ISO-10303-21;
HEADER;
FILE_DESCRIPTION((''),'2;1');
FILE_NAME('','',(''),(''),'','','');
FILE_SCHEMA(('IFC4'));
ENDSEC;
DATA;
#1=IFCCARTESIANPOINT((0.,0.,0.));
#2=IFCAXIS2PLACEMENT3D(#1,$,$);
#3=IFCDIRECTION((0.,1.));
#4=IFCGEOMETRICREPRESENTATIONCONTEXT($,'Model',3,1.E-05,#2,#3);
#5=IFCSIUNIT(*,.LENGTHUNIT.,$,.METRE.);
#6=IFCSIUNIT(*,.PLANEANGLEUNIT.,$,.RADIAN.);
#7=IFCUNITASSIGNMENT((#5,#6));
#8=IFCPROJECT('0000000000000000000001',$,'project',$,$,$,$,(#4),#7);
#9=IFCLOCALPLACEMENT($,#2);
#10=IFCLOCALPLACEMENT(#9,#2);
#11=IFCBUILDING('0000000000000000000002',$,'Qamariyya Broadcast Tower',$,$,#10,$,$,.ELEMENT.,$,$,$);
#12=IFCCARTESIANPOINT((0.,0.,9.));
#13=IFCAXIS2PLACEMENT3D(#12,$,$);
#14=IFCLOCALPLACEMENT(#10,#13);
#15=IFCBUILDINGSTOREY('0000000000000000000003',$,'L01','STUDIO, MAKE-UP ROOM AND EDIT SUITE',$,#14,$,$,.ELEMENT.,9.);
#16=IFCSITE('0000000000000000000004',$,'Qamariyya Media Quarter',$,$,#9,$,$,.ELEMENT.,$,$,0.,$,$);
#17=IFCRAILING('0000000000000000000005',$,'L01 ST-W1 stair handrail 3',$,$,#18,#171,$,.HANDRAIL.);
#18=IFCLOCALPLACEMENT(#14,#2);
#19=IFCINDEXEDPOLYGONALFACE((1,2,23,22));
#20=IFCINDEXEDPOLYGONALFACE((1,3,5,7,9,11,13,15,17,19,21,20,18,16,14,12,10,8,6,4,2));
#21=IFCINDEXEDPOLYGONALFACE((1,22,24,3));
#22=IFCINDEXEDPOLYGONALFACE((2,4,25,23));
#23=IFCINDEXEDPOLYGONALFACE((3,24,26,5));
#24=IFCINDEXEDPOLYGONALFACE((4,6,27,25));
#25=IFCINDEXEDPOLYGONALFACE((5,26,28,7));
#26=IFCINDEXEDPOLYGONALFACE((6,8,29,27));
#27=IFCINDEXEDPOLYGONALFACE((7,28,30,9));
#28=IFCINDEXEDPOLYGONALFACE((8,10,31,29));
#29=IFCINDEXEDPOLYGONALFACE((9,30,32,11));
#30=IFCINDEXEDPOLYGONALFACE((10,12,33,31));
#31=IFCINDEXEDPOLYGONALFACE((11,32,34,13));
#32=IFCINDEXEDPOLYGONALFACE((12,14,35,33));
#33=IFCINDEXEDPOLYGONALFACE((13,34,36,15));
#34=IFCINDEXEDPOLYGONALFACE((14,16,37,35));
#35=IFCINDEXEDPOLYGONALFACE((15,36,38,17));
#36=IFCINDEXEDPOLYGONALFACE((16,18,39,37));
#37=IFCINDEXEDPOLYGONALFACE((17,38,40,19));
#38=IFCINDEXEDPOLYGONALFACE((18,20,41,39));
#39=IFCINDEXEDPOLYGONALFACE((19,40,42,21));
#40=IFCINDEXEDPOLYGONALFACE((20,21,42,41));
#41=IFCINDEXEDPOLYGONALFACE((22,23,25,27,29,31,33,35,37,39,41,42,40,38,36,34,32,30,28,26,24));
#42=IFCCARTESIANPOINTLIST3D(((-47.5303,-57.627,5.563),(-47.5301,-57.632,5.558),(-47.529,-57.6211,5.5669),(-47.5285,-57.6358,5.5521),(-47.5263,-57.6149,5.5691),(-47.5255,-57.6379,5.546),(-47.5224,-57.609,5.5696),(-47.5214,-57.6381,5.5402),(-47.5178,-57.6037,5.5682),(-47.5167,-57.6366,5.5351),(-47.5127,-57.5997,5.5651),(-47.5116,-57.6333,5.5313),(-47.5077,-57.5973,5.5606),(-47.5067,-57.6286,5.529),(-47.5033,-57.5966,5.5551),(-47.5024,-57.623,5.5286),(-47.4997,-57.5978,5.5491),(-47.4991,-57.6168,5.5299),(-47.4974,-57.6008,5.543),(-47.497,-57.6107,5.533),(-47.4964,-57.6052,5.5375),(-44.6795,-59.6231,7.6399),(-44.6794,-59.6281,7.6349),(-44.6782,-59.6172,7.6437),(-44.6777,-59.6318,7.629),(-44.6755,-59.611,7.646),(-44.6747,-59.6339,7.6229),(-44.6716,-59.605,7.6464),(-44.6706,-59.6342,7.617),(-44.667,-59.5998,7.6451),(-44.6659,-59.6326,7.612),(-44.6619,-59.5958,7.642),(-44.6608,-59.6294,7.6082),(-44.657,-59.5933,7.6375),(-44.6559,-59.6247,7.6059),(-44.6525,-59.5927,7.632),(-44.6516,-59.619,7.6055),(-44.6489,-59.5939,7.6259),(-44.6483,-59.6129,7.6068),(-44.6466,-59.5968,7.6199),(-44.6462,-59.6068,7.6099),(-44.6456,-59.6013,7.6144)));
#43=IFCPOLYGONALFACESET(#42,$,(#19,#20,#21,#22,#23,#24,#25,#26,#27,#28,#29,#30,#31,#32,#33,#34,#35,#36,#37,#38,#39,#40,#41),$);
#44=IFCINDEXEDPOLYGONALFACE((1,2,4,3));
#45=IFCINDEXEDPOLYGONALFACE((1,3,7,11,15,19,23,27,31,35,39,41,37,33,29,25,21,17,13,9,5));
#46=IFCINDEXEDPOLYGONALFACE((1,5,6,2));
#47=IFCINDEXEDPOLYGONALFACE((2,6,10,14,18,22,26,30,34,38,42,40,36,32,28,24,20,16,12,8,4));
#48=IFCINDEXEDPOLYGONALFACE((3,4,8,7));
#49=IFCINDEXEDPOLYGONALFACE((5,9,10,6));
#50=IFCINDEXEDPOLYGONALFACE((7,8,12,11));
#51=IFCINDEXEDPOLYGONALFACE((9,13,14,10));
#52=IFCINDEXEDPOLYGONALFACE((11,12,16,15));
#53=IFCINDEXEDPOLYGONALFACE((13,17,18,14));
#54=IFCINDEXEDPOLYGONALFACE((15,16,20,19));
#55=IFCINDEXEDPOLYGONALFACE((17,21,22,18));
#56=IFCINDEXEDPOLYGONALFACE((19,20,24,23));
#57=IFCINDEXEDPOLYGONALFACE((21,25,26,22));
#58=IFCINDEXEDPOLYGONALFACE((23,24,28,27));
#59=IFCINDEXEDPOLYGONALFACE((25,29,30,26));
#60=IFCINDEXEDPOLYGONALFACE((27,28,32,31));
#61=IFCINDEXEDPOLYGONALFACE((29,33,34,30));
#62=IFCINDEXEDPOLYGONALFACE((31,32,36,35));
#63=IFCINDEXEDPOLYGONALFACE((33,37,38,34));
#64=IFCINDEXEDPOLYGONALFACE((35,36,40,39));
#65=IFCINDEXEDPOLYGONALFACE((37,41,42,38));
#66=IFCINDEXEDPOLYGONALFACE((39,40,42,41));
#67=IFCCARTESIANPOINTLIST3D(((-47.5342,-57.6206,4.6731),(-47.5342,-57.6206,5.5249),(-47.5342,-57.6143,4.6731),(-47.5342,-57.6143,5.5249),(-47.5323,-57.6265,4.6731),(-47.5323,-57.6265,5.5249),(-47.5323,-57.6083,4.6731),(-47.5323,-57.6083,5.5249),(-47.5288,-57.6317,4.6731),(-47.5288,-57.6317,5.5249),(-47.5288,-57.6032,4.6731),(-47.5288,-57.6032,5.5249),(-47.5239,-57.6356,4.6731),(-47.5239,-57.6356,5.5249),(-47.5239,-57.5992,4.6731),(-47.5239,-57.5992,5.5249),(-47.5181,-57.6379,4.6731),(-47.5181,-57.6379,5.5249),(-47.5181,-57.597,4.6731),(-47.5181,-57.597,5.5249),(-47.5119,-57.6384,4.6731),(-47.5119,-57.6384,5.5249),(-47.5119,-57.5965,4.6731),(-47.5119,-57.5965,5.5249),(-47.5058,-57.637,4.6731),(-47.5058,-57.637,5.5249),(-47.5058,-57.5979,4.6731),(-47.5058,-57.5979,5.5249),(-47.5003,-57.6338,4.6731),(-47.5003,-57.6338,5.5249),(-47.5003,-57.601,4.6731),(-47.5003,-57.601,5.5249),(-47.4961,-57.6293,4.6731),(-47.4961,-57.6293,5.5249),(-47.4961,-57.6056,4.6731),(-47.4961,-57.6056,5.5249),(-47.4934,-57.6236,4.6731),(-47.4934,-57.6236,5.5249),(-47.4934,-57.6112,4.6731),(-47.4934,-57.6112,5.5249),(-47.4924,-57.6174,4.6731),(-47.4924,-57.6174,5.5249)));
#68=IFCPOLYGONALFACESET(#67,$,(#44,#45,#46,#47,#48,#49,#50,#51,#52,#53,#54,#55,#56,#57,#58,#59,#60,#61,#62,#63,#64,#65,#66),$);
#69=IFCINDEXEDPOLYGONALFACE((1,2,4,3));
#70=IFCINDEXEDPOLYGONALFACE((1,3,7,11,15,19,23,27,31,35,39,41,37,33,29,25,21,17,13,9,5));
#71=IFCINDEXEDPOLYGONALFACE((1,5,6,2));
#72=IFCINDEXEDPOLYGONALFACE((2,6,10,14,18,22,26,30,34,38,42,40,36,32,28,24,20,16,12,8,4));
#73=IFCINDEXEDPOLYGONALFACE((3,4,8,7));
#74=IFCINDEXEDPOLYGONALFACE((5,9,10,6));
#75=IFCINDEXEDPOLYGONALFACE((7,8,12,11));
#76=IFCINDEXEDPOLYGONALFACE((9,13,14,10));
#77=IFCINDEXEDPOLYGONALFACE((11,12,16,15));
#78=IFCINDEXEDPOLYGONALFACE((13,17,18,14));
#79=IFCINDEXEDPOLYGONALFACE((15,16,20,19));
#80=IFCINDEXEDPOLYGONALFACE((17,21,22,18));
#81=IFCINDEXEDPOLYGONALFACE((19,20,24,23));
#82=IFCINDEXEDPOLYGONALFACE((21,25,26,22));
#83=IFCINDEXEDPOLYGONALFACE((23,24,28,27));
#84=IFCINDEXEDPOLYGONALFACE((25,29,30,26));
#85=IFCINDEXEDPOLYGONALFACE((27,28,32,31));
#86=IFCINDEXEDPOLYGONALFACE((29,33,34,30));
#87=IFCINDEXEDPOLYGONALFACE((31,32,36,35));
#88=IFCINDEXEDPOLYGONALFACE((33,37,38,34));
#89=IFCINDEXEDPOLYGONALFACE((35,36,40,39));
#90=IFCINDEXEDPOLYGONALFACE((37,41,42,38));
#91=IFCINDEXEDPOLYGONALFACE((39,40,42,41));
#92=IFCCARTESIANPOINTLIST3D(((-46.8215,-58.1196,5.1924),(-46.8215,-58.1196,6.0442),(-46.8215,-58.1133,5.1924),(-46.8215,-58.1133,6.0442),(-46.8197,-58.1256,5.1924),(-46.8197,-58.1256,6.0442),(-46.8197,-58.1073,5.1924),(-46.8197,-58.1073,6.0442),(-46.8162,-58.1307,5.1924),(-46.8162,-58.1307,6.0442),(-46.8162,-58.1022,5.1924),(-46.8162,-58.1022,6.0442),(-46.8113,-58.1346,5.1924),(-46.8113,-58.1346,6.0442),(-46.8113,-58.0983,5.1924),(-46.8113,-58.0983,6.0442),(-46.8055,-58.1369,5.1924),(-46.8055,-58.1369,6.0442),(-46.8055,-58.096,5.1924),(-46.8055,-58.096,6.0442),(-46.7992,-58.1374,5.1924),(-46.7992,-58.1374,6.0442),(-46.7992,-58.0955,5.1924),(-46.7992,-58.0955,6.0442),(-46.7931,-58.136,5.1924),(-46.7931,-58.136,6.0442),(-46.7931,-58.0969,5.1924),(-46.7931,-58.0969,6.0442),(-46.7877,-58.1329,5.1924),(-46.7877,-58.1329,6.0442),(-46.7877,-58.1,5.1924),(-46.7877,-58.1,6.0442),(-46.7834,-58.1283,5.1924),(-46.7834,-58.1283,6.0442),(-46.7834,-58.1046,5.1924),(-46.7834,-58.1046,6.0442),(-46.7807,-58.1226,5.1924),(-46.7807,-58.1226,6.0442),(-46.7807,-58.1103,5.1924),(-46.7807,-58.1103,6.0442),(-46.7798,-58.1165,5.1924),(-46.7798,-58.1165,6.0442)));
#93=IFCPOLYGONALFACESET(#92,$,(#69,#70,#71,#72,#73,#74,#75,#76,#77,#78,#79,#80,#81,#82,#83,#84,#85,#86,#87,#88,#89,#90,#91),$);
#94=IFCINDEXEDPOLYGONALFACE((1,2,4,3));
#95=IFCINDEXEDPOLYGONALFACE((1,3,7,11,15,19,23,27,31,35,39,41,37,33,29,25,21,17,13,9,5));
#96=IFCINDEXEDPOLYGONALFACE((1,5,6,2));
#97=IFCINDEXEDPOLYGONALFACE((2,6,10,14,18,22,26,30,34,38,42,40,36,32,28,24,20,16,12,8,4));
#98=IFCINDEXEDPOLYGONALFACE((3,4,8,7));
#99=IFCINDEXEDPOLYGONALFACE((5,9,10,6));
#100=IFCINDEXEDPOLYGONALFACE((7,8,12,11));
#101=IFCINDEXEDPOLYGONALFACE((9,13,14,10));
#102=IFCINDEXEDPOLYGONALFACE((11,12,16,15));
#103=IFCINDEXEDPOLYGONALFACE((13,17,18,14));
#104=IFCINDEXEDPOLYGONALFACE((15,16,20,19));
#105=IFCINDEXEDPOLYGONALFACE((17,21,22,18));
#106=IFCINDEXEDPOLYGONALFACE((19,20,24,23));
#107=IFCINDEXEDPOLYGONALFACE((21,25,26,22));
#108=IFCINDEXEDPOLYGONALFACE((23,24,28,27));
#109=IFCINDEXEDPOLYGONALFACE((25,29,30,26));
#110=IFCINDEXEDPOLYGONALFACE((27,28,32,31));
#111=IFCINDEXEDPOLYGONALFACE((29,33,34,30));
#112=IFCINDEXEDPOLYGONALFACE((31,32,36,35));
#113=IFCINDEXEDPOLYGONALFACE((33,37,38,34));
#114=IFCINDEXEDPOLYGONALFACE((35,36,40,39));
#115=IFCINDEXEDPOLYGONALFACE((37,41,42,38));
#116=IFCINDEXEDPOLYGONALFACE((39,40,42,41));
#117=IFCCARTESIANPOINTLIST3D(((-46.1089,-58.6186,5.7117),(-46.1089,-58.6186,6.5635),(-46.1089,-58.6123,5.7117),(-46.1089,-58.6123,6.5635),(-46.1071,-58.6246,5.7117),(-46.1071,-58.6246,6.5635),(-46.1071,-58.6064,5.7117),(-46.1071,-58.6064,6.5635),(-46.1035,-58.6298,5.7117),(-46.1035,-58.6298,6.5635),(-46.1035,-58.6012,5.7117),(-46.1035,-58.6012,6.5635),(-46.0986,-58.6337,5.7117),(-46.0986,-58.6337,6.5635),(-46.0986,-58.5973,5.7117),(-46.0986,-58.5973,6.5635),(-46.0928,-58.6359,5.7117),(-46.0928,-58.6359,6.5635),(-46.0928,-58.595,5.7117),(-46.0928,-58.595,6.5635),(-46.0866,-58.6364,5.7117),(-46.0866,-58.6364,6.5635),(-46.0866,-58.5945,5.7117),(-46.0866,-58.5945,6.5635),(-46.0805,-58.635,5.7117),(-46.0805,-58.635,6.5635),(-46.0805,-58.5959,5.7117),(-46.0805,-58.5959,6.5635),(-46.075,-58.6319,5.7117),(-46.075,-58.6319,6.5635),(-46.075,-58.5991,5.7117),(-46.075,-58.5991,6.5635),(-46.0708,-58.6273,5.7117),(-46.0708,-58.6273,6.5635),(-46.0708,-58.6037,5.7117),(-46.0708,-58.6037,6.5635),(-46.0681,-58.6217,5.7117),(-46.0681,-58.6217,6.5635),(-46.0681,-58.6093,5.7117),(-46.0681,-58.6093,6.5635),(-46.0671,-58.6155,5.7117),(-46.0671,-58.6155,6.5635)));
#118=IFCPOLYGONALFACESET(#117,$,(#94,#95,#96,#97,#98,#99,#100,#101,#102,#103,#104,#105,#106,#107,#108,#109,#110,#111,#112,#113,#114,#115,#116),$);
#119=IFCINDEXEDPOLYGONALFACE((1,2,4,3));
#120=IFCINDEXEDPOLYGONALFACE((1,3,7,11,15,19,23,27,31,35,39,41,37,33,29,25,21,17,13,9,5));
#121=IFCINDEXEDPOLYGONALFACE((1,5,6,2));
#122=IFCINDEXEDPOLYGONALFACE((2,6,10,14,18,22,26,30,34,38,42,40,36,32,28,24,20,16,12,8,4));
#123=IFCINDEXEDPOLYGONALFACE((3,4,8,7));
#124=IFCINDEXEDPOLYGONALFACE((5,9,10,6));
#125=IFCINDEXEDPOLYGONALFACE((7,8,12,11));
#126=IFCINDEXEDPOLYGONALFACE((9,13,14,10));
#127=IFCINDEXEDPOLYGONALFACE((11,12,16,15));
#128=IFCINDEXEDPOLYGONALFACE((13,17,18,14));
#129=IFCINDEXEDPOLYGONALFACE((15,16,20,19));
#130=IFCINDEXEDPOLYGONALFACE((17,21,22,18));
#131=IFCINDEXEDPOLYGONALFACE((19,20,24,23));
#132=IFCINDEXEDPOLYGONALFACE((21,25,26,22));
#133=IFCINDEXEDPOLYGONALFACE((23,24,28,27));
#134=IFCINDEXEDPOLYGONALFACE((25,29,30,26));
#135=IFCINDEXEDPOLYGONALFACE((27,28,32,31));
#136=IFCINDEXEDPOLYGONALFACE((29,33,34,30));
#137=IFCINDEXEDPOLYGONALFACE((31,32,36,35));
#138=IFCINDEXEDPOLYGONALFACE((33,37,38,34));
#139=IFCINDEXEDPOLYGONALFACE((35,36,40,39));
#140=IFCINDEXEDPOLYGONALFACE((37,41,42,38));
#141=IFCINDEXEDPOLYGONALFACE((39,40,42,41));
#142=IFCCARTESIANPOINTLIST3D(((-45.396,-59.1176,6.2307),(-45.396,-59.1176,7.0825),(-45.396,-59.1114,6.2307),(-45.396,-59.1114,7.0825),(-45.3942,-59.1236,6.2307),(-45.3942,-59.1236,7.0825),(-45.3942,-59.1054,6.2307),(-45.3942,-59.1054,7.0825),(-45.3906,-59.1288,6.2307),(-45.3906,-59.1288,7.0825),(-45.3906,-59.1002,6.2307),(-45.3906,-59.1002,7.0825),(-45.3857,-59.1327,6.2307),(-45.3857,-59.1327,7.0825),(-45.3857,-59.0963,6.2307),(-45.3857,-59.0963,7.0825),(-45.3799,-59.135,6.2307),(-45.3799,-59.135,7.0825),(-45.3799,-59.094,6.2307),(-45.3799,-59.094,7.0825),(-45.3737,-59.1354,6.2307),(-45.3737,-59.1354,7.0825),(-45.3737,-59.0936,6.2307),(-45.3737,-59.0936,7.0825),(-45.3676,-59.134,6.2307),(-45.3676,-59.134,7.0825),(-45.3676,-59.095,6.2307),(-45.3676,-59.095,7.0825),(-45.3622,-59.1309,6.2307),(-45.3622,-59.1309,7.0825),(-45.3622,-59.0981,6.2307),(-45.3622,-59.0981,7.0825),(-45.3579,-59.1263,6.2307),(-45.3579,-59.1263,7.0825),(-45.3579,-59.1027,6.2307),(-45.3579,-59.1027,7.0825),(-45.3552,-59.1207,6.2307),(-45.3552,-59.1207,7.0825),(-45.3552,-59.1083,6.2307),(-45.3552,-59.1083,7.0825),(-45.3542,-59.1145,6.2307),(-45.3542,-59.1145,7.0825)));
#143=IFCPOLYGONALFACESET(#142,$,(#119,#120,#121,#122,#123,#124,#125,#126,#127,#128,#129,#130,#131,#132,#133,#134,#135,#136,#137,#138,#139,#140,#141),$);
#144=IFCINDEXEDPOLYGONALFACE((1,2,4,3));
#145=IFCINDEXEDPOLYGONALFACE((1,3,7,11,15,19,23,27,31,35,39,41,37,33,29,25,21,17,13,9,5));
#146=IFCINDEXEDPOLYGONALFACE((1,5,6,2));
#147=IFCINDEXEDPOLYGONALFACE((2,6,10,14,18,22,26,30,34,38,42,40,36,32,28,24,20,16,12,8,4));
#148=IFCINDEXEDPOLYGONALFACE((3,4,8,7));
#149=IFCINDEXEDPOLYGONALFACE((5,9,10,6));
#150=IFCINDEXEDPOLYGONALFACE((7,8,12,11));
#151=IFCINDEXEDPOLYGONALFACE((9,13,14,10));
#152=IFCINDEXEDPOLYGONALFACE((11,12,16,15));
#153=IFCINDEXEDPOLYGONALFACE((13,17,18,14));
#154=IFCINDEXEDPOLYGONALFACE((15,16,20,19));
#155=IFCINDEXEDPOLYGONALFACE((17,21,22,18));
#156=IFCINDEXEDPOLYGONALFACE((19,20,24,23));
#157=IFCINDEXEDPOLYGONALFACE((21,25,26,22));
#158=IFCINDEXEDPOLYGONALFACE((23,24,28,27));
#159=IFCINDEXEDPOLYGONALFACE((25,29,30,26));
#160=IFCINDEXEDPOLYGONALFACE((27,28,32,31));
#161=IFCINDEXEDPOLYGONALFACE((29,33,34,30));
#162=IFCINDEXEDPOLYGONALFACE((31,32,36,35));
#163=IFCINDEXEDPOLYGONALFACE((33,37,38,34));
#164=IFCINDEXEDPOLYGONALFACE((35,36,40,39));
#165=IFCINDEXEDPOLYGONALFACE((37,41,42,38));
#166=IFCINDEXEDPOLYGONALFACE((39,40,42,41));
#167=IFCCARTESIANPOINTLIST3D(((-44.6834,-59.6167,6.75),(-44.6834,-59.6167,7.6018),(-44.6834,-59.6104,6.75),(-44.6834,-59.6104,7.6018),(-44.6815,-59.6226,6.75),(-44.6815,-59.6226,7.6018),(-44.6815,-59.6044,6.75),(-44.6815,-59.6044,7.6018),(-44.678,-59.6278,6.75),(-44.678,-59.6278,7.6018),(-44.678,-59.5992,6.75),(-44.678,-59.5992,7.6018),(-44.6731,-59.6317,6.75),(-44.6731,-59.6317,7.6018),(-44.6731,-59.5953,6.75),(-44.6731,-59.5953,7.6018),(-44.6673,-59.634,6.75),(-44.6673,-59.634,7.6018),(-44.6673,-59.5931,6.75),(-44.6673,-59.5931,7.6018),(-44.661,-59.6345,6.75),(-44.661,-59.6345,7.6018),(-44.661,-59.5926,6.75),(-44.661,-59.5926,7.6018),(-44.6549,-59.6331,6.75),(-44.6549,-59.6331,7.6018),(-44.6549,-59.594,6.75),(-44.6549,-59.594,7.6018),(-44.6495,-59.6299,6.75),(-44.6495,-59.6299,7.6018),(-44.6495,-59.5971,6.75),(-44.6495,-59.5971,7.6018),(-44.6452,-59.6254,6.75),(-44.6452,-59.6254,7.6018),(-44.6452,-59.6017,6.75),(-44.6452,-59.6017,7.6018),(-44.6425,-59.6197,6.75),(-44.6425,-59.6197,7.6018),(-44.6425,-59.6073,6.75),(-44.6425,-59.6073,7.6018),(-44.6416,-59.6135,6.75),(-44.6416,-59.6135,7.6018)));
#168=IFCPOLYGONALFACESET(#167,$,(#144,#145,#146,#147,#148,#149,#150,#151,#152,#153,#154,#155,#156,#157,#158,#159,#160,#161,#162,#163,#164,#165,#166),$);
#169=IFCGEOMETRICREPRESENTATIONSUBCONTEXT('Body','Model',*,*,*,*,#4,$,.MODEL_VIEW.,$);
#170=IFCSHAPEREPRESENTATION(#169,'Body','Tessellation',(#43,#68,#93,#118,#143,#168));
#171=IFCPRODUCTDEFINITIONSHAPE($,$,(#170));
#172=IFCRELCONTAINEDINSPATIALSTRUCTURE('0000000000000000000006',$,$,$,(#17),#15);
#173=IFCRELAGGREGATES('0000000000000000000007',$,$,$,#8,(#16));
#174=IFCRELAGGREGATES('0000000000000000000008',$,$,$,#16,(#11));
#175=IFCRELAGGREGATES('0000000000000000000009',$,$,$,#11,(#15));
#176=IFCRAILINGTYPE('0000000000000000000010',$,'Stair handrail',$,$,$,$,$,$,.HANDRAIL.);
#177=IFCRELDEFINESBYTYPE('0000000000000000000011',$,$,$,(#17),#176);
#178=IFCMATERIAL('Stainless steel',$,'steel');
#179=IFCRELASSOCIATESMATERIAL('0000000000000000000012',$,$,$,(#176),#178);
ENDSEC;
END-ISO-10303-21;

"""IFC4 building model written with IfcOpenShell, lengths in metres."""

from ifc_helpers import new_model, si_unit, direction, frame, origin, origin_2d, place, context, subcontext, project, spatial, circle, extrude, material, type_object, element, save


model = new_model("IFC4")

# Units and contexts
model_context = context("Model", 3, precision=1e-05, world=origin(), true_north=direction((0.0, 1.0)))
body_context = subcontext(model_context, "Body", "Model", "MODEL_VIEW")
ifc_project = project(units=[si_unit("LENGTHUNIT", "METRE"), si_unit("PLANEANGLEUNIT", "RADIAN")], contexts=[model_context])

# Site, building, storey
site_placement = place(None, origin())
site = spatial("IfcSite", under=ifc_project, at=site_placement, Name="Qamariyya Media Quarter", CompositionType="ELEMENT", RefElevation=0.0)
building_placement = place(site_placement, origin())
building = spatial("IfcBuilding", under=site, at=building_placement, Name="Qamariyya Broadcast Tower", CompositionType="ELEMENT")
storey_placement = place(building_placement, frame((0.0, 0.0, 9.0)))
storey = spatial("IfcBuildingStorey", under=building, at=storey_placement, Name="L01", Description="STUDIO, MAKE-UP ROOM AND EDIT SUITE", CompositionType="ELEMENT", Elevation=9.0)

# Railing
ifc_material_1 = material(Name="Stainless steel", Category="steel")
railing_type_1 = type_object("IfcRailingType", Name="Stair handrail", PredefinedType="HANDRAIL", material=ifc_material_1)
for number, where, name in (
    (1, (-47.5134, -57.6174, 4.6731), "L01 ST-W1 stair handrail 3"),
):
    element("IfcRailing", number, at=place(storey_placement, frame(where)), inside=storey, type_object=railing_type_1, Name=name, PredefinedType="HANDRAIL", context=body_context, shape_type="SweptSolid", body=[
        extrude(circle(Radius=0.0239, at=origin_2d()), frame((0.0, 0.0, 0.876), z_axis=(0.703423, -0.492523, 0.512462), x_axis=(0.573561, 0.819163, 0.0)), (0.0, 0.0, 1.0), 4.0527),
        extrude(circle(Radius=0.021, at=origin_2d()), origin(), (0.0, 0.0, 1.0), 0.8518),
        extrude(circle(Radius=0.021, at=origin_2d()), frame((0.7126, -0.499, 0.5193)), (0.0, 0.0, 1.0), 0.8518),
        extrude(circle(Radius=0.021, at=origin_2d()), frame((1.4253, -0.998, 1.0386)), (0.0, 0.0, 1.0), 0.8518),
        extrude(circle(Radius=0.021, at=origin_2d()), frame((2.1382, -1.4971, 1.5576)), (0.0, 0.0, 1.0), 0.8518),
        extrude(circle(Radius=0.021, at=origin_2d()), frame((2.8508, -1.9961, 2.0769)), (0.0, 0.0, 1.0), 0.8518),
    ])

save(model, "model.ifc")
